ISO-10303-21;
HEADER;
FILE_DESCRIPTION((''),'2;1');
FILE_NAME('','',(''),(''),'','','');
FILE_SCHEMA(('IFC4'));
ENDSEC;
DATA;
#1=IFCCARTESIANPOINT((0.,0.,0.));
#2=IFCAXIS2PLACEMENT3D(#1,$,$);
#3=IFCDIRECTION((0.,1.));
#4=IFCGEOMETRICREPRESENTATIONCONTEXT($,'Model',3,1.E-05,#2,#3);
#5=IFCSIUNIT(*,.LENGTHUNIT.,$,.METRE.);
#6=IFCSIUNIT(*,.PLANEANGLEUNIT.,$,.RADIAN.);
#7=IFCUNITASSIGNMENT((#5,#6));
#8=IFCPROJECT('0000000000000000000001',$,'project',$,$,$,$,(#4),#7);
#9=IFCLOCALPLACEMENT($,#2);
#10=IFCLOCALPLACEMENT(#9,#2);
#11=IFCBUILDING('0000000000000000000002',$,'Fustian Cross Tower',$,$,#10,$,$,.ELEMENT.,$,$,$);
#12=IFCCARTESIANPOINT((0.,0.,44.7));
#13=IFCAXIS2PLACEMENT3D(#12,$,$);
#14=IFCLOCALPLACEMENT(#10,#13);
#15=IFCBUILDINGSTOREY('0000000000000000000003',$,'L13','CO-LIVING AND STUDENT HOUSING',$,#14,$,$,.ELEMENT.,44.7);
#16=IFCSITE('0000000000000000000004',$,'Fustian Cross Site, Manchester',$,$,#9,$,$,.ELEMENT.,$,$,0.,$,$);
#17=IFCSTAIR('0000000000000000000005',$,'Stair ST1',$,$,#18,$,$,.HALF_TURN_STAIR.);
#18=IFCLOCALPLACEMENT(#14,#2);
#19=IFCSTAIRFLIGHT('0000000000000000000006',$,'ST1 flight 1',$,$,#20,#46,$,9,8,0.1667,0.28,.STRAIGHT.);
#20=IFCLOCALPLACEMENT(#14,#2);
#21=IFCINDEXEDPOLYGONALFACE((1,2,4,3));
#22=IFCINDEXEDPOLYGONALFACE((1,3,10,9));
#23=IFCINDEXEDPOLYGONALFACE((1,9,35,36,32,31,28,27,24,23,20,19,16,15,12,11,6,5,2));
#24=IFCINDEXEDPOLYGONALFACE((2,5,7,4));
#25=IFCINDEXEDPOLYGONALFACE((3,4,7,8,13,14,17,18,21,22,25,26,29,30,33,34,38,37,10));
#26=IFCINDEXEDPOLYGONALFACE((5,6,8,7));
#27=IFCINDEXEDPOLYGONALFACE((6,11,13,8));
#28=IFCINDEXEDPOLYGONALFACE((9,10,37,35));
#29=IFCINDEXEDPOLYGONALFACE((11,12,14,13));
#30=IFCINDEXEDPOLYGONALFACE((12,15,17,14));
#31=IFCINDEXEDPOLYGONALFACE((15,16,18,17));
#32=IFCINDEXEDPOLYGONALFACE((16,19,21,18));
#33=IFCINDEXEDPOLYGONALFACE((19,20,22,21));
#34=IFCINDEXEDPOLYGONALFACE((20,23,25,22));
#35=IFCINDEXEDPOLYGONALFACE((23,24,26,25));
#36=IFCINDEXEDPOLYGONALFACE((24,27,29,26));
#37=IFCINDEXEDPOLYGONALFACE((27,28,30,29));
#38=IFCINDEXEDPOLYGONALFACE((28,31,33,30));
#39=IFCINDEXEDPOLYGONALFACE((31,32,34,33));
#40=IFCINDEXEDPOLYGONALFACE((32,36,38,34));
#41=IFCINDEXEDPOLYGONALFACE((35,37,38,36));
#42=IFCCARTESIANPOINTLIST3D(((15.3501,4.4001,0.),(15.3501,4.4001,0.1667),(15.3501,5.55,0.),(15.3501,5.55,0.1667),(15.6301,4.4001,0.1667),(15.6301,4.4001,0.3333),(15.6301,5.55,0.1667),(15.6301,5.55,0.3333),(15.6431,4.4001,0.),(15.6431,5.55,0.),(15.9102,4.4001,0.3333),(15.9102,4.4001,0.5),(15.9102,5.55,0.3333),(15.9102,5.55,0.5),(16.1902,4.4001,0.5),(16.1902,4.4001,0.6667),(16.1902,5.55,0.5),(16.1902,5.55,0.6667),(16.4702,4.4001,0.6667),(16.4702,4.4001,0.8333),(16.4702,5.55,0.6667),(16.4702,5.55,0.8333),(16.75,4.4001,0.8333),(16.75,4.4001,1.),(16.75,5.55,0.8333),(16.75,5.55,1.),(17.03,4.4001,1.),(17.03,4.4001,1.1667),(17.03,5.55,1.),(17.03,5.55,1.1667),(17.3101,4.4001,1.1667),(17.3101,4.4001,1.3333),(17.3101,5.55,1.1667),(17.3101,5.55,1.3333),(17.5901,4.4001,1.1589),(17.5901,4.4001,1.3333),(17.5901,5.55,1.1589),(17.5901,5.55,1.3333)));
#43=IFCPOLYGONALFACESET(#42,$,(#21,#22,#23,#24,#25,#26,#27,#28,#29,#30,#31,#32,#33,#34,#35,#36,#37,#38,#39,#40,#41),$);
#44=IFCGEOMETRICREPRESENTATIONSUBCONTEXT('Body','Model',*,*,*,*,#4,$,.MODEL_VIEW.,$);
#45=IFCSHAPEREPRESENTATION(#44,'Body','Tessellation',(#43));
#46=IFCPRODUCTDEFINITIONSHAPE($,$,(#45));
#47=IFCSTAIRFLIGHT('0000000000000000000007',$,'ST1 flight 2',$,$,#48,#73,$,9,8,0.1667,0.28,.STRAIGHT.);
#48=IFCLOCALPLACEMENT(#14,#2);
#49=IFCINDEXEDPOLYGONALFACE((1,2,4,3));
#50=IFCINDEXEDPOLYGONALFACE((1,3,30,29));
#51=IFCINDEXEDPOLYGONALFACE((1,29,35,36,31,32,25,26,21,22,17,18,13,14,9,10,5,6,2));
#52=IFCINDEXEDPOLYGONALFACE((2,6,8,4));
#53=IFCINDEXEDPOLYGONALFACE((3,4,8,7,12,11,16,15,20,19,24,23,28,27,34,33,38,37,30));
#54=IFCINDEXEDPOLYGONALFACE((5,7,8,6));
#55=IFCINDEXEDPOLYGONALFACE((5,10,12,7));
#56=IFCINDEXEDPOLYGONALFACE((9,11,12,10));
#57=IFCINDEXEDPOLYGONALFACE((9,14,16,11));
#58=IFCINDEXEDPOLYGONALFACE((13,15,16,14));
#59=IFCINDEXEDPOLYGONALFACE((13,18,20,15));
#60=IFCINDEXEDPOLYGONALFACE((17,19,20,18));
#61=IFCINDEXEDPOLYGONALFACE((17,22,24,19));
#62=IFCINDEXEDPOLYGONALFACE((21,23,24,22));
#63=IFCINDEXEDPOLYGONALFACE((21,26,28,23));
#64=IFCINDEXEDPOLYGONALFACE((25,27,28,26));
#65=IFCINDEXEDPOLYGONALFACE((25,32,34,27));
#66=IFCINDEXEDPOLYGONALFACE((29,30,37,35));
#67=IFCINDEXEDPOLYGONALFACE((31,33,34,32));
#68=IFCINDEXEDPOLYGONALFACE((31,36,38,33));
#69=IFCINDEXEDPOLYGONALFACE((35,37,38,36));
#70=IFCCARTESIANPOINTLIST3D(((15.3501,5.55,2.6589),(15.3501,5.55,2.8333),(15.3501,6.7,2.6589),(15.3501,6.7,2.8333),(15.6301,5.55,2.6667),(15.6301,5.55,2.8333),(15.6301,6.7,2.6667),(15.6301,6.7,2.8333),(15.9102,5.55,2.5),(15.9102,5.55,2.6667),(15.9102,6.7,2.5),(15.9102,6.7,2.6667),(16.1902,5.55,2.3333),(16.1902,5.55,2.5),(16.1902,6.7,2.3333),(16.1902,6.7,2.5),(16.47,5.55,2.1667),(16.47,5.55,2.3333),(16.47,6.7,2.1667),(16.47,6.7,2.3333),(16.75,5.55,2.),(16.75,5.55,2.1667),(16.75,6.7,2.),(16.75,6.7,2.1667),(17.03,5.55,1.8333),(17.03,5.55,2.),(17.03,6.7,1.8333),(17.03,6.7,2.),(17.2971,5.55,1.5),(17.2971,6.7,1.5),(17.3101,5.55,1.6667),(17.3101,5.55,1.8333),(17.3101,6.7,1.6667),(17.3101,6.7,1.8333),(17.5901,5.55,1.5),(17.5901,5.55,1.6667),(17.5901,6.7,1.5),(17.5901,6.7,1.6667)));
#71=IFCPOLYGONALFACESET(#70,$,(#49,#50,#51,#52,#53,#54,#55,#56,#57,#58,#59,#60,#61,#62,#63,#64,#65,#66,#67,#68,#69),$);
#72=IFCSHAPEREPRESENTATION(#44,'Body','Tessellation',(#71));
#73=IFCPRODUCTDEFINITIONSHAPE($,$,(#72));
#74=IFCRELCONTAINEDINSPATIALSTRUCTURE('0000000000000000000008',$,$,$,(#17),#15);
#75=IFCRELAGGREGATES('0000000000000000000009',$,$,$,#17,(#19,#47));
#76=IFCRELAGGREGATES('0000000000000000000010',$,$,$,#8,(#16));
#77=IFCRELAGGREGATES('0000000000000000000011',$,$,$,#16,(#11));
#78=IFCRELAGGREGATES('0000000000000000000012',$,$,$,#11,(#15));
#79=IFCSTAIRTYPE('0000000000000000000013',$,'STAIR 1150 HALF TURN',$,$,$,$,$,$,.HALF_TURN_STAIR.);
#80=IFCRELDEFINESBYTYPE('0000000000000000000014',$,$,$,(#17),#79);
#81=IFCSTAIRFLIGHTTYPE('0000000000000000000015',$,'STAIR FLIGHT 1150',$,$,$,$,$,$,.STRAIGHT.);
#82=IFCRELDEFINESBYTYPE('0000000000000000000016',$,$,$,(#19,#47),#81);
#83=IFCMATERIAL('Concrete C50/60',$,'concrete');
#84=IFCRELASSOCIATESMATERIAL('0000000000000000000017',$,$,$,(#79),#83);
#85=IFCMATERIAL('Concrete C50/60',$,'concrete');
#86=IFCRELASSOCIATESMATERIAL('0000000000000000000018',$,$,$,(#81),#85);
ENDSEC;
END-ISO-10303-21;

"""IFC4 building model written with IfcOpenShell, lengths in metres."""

from ifc_helpers import new_model, si_unit, direction, frame, origin, place, context, subcontext, project, spatial, polyline, outline, extrude, material, type_object, element, aggregate, save


model = new_model("IFC4")

# Units and contexts
model_context = context("Model", 3, precision=1e-05, world=origin(), true_north=direction((0.0, 1.0)))
body_context = subcontext(model_context, "Body", "Model", "MODEL_VIEW")
ifc_project = project(units=[si_unit("LENGTHUNIT", "METRE"), si_unit("PLANEANGLEUNIT", "RADIAN")], contexts=[model_context])

# Site, building, storey
site_placement = place(None, origin())
site = spatial("IfcSite", under=ifc_project, at=site_placement, Name="Fustian Cross Site, Manchester", CompositionType="ELEMENT", RefElevation=0.0)
building_placement = place(site_placement, origin())
building = spatial("IfcBuilding", under=site, at=building_placement, Name="Fustian Cross Tower", CompositionType="ELEMENT")
storey_placement = place(building_placement, frame((0.0, 0.0, 44.7)))
storey = spatial("IfcBuildingStorey", under=building, at=storey_placement, Name="L13", Description="CO-LIVING AND STUDENT HOUSING", CompositionType="ELEMENT", Elevation=44.7)

# Stair, stair flights
ifc_material_1 = material(Name="Concrete C50/60", Category="concrete")
stair_type = type_object("IfcStairType", Name="STAIR 1150 HALF TURN", PredefinedType="HALF_TURN_STAIR", material=ifc_material_1)
stair_placement = place(storey_placement, origin())
stair = element("IfcStair", 1, at=stair_placement, inside=storey, type_object=stair_type, Name="Stair ST1", PredefinedType="HALF_TURN_STAIR")
ifc_material_2 = material(Name="Concrete C50/60", Category="concrete")
stair_flight_type = type_object("IfcStairFlightType", Name="STAIR FLIGHT 1150", PredefinedType="STRAIGHT", material=ifc_material_2)
stair_flight_1_placement = place(storey_placement, frame((15.3501, 4.9751, 0.0), z_axis=(0.0, 0.0, 1.0), x_axis=(1.0, 0.0, 0.0)))
stair_flight_1 = element("IfcStairFlight", 2, at=stair_flight_1_placement, type_object=stair_flight_type, Name="ST1 flight 1", NumberOfRisers=9, NumberOfTreads=8, PredefinedType="STRAIGHT", RiserHeight=0.1667, TreadLength=0.28, context=body_context, shape_type="SweptSolid", body=[
    extrude(outline(polyline([(0.0, 0.0), (0.0, 0.1667), (0.28, 0.1667), (0.28, 0.3333), (0.5601, 0.3333), (0.5601, 0.5), (0.8401, 0.5), (0.8401, 0.6667), (1.1201, 0.6667), (1.1201, 0.8333), (1.3999, 0.8333), (1.3999, 1.0), (1.6799, 1.0), (1.6799, 1.1667), (1.96, 1.1667), (1.96, 1.3333), (2.24, 1.3333), (2.24, 1.5), (2.24, 1.1589), (0.293, 0.0), (0.0, 0.0)])), frame((0.0, 0.575, 0.0), z_axis=(0.0, -1.0, 0.0), x_axis=(1.0, 0.0, 0.0)), (0.0, 0.0, 1.0), 1.1499),
])
stair_flight_2_placement = place(storey_placement, frame((17.5901, 6.125, 1.5), z_axis=(0.0, 0.0, 1.0), x_axis=(-1.0, 0.0, 0.0)))
stair_flight_2 = element("IfcStairFlight", 3, at=stair_flight_2_placement, type_object=stair_flight_type, Name="ST1 flight 2", NumberOfRisers=9, NumberOfTreads=8, PredefinedType="STRAIGHT", RiserHeight=0.1667, TreadLength=0.28, context=body_context, shape_type="SweptSolid", body=[
    extrude(outline(polyline([(0.0, 0.0), (0.0, 0.1667), (0.28, 0.1667), (0.28, 0.3333), (0.5601, 0.3333), (0.5601, 0.5), (0.8401, 0.5), (0.8401, 0.6667), (1.1201, 0.6667), (1.1201, 0.8333), (1.3999, 0.8333), (1.3999, 1.0), (1.6799, 1.0), (1.6799, 1.1667), (1.96, 1.1667), (1.96, 1.3333), (2.24, 1.3333), (2.24, 1.5), (2.24, 1.1589), (0.293, 0.0), (0.0, 0.0)])), frame((0.0, 0.575, 0.0), z_axis=(0.0, -1.0, 0.0), x_axis=(1.0, 0.0, 0.0)), (0.0, 0.0, 1.0), 1.1499),
])
aggregate(stair, [stair_flight_1, stair_flight_2])

save(model, "model.ifc")
